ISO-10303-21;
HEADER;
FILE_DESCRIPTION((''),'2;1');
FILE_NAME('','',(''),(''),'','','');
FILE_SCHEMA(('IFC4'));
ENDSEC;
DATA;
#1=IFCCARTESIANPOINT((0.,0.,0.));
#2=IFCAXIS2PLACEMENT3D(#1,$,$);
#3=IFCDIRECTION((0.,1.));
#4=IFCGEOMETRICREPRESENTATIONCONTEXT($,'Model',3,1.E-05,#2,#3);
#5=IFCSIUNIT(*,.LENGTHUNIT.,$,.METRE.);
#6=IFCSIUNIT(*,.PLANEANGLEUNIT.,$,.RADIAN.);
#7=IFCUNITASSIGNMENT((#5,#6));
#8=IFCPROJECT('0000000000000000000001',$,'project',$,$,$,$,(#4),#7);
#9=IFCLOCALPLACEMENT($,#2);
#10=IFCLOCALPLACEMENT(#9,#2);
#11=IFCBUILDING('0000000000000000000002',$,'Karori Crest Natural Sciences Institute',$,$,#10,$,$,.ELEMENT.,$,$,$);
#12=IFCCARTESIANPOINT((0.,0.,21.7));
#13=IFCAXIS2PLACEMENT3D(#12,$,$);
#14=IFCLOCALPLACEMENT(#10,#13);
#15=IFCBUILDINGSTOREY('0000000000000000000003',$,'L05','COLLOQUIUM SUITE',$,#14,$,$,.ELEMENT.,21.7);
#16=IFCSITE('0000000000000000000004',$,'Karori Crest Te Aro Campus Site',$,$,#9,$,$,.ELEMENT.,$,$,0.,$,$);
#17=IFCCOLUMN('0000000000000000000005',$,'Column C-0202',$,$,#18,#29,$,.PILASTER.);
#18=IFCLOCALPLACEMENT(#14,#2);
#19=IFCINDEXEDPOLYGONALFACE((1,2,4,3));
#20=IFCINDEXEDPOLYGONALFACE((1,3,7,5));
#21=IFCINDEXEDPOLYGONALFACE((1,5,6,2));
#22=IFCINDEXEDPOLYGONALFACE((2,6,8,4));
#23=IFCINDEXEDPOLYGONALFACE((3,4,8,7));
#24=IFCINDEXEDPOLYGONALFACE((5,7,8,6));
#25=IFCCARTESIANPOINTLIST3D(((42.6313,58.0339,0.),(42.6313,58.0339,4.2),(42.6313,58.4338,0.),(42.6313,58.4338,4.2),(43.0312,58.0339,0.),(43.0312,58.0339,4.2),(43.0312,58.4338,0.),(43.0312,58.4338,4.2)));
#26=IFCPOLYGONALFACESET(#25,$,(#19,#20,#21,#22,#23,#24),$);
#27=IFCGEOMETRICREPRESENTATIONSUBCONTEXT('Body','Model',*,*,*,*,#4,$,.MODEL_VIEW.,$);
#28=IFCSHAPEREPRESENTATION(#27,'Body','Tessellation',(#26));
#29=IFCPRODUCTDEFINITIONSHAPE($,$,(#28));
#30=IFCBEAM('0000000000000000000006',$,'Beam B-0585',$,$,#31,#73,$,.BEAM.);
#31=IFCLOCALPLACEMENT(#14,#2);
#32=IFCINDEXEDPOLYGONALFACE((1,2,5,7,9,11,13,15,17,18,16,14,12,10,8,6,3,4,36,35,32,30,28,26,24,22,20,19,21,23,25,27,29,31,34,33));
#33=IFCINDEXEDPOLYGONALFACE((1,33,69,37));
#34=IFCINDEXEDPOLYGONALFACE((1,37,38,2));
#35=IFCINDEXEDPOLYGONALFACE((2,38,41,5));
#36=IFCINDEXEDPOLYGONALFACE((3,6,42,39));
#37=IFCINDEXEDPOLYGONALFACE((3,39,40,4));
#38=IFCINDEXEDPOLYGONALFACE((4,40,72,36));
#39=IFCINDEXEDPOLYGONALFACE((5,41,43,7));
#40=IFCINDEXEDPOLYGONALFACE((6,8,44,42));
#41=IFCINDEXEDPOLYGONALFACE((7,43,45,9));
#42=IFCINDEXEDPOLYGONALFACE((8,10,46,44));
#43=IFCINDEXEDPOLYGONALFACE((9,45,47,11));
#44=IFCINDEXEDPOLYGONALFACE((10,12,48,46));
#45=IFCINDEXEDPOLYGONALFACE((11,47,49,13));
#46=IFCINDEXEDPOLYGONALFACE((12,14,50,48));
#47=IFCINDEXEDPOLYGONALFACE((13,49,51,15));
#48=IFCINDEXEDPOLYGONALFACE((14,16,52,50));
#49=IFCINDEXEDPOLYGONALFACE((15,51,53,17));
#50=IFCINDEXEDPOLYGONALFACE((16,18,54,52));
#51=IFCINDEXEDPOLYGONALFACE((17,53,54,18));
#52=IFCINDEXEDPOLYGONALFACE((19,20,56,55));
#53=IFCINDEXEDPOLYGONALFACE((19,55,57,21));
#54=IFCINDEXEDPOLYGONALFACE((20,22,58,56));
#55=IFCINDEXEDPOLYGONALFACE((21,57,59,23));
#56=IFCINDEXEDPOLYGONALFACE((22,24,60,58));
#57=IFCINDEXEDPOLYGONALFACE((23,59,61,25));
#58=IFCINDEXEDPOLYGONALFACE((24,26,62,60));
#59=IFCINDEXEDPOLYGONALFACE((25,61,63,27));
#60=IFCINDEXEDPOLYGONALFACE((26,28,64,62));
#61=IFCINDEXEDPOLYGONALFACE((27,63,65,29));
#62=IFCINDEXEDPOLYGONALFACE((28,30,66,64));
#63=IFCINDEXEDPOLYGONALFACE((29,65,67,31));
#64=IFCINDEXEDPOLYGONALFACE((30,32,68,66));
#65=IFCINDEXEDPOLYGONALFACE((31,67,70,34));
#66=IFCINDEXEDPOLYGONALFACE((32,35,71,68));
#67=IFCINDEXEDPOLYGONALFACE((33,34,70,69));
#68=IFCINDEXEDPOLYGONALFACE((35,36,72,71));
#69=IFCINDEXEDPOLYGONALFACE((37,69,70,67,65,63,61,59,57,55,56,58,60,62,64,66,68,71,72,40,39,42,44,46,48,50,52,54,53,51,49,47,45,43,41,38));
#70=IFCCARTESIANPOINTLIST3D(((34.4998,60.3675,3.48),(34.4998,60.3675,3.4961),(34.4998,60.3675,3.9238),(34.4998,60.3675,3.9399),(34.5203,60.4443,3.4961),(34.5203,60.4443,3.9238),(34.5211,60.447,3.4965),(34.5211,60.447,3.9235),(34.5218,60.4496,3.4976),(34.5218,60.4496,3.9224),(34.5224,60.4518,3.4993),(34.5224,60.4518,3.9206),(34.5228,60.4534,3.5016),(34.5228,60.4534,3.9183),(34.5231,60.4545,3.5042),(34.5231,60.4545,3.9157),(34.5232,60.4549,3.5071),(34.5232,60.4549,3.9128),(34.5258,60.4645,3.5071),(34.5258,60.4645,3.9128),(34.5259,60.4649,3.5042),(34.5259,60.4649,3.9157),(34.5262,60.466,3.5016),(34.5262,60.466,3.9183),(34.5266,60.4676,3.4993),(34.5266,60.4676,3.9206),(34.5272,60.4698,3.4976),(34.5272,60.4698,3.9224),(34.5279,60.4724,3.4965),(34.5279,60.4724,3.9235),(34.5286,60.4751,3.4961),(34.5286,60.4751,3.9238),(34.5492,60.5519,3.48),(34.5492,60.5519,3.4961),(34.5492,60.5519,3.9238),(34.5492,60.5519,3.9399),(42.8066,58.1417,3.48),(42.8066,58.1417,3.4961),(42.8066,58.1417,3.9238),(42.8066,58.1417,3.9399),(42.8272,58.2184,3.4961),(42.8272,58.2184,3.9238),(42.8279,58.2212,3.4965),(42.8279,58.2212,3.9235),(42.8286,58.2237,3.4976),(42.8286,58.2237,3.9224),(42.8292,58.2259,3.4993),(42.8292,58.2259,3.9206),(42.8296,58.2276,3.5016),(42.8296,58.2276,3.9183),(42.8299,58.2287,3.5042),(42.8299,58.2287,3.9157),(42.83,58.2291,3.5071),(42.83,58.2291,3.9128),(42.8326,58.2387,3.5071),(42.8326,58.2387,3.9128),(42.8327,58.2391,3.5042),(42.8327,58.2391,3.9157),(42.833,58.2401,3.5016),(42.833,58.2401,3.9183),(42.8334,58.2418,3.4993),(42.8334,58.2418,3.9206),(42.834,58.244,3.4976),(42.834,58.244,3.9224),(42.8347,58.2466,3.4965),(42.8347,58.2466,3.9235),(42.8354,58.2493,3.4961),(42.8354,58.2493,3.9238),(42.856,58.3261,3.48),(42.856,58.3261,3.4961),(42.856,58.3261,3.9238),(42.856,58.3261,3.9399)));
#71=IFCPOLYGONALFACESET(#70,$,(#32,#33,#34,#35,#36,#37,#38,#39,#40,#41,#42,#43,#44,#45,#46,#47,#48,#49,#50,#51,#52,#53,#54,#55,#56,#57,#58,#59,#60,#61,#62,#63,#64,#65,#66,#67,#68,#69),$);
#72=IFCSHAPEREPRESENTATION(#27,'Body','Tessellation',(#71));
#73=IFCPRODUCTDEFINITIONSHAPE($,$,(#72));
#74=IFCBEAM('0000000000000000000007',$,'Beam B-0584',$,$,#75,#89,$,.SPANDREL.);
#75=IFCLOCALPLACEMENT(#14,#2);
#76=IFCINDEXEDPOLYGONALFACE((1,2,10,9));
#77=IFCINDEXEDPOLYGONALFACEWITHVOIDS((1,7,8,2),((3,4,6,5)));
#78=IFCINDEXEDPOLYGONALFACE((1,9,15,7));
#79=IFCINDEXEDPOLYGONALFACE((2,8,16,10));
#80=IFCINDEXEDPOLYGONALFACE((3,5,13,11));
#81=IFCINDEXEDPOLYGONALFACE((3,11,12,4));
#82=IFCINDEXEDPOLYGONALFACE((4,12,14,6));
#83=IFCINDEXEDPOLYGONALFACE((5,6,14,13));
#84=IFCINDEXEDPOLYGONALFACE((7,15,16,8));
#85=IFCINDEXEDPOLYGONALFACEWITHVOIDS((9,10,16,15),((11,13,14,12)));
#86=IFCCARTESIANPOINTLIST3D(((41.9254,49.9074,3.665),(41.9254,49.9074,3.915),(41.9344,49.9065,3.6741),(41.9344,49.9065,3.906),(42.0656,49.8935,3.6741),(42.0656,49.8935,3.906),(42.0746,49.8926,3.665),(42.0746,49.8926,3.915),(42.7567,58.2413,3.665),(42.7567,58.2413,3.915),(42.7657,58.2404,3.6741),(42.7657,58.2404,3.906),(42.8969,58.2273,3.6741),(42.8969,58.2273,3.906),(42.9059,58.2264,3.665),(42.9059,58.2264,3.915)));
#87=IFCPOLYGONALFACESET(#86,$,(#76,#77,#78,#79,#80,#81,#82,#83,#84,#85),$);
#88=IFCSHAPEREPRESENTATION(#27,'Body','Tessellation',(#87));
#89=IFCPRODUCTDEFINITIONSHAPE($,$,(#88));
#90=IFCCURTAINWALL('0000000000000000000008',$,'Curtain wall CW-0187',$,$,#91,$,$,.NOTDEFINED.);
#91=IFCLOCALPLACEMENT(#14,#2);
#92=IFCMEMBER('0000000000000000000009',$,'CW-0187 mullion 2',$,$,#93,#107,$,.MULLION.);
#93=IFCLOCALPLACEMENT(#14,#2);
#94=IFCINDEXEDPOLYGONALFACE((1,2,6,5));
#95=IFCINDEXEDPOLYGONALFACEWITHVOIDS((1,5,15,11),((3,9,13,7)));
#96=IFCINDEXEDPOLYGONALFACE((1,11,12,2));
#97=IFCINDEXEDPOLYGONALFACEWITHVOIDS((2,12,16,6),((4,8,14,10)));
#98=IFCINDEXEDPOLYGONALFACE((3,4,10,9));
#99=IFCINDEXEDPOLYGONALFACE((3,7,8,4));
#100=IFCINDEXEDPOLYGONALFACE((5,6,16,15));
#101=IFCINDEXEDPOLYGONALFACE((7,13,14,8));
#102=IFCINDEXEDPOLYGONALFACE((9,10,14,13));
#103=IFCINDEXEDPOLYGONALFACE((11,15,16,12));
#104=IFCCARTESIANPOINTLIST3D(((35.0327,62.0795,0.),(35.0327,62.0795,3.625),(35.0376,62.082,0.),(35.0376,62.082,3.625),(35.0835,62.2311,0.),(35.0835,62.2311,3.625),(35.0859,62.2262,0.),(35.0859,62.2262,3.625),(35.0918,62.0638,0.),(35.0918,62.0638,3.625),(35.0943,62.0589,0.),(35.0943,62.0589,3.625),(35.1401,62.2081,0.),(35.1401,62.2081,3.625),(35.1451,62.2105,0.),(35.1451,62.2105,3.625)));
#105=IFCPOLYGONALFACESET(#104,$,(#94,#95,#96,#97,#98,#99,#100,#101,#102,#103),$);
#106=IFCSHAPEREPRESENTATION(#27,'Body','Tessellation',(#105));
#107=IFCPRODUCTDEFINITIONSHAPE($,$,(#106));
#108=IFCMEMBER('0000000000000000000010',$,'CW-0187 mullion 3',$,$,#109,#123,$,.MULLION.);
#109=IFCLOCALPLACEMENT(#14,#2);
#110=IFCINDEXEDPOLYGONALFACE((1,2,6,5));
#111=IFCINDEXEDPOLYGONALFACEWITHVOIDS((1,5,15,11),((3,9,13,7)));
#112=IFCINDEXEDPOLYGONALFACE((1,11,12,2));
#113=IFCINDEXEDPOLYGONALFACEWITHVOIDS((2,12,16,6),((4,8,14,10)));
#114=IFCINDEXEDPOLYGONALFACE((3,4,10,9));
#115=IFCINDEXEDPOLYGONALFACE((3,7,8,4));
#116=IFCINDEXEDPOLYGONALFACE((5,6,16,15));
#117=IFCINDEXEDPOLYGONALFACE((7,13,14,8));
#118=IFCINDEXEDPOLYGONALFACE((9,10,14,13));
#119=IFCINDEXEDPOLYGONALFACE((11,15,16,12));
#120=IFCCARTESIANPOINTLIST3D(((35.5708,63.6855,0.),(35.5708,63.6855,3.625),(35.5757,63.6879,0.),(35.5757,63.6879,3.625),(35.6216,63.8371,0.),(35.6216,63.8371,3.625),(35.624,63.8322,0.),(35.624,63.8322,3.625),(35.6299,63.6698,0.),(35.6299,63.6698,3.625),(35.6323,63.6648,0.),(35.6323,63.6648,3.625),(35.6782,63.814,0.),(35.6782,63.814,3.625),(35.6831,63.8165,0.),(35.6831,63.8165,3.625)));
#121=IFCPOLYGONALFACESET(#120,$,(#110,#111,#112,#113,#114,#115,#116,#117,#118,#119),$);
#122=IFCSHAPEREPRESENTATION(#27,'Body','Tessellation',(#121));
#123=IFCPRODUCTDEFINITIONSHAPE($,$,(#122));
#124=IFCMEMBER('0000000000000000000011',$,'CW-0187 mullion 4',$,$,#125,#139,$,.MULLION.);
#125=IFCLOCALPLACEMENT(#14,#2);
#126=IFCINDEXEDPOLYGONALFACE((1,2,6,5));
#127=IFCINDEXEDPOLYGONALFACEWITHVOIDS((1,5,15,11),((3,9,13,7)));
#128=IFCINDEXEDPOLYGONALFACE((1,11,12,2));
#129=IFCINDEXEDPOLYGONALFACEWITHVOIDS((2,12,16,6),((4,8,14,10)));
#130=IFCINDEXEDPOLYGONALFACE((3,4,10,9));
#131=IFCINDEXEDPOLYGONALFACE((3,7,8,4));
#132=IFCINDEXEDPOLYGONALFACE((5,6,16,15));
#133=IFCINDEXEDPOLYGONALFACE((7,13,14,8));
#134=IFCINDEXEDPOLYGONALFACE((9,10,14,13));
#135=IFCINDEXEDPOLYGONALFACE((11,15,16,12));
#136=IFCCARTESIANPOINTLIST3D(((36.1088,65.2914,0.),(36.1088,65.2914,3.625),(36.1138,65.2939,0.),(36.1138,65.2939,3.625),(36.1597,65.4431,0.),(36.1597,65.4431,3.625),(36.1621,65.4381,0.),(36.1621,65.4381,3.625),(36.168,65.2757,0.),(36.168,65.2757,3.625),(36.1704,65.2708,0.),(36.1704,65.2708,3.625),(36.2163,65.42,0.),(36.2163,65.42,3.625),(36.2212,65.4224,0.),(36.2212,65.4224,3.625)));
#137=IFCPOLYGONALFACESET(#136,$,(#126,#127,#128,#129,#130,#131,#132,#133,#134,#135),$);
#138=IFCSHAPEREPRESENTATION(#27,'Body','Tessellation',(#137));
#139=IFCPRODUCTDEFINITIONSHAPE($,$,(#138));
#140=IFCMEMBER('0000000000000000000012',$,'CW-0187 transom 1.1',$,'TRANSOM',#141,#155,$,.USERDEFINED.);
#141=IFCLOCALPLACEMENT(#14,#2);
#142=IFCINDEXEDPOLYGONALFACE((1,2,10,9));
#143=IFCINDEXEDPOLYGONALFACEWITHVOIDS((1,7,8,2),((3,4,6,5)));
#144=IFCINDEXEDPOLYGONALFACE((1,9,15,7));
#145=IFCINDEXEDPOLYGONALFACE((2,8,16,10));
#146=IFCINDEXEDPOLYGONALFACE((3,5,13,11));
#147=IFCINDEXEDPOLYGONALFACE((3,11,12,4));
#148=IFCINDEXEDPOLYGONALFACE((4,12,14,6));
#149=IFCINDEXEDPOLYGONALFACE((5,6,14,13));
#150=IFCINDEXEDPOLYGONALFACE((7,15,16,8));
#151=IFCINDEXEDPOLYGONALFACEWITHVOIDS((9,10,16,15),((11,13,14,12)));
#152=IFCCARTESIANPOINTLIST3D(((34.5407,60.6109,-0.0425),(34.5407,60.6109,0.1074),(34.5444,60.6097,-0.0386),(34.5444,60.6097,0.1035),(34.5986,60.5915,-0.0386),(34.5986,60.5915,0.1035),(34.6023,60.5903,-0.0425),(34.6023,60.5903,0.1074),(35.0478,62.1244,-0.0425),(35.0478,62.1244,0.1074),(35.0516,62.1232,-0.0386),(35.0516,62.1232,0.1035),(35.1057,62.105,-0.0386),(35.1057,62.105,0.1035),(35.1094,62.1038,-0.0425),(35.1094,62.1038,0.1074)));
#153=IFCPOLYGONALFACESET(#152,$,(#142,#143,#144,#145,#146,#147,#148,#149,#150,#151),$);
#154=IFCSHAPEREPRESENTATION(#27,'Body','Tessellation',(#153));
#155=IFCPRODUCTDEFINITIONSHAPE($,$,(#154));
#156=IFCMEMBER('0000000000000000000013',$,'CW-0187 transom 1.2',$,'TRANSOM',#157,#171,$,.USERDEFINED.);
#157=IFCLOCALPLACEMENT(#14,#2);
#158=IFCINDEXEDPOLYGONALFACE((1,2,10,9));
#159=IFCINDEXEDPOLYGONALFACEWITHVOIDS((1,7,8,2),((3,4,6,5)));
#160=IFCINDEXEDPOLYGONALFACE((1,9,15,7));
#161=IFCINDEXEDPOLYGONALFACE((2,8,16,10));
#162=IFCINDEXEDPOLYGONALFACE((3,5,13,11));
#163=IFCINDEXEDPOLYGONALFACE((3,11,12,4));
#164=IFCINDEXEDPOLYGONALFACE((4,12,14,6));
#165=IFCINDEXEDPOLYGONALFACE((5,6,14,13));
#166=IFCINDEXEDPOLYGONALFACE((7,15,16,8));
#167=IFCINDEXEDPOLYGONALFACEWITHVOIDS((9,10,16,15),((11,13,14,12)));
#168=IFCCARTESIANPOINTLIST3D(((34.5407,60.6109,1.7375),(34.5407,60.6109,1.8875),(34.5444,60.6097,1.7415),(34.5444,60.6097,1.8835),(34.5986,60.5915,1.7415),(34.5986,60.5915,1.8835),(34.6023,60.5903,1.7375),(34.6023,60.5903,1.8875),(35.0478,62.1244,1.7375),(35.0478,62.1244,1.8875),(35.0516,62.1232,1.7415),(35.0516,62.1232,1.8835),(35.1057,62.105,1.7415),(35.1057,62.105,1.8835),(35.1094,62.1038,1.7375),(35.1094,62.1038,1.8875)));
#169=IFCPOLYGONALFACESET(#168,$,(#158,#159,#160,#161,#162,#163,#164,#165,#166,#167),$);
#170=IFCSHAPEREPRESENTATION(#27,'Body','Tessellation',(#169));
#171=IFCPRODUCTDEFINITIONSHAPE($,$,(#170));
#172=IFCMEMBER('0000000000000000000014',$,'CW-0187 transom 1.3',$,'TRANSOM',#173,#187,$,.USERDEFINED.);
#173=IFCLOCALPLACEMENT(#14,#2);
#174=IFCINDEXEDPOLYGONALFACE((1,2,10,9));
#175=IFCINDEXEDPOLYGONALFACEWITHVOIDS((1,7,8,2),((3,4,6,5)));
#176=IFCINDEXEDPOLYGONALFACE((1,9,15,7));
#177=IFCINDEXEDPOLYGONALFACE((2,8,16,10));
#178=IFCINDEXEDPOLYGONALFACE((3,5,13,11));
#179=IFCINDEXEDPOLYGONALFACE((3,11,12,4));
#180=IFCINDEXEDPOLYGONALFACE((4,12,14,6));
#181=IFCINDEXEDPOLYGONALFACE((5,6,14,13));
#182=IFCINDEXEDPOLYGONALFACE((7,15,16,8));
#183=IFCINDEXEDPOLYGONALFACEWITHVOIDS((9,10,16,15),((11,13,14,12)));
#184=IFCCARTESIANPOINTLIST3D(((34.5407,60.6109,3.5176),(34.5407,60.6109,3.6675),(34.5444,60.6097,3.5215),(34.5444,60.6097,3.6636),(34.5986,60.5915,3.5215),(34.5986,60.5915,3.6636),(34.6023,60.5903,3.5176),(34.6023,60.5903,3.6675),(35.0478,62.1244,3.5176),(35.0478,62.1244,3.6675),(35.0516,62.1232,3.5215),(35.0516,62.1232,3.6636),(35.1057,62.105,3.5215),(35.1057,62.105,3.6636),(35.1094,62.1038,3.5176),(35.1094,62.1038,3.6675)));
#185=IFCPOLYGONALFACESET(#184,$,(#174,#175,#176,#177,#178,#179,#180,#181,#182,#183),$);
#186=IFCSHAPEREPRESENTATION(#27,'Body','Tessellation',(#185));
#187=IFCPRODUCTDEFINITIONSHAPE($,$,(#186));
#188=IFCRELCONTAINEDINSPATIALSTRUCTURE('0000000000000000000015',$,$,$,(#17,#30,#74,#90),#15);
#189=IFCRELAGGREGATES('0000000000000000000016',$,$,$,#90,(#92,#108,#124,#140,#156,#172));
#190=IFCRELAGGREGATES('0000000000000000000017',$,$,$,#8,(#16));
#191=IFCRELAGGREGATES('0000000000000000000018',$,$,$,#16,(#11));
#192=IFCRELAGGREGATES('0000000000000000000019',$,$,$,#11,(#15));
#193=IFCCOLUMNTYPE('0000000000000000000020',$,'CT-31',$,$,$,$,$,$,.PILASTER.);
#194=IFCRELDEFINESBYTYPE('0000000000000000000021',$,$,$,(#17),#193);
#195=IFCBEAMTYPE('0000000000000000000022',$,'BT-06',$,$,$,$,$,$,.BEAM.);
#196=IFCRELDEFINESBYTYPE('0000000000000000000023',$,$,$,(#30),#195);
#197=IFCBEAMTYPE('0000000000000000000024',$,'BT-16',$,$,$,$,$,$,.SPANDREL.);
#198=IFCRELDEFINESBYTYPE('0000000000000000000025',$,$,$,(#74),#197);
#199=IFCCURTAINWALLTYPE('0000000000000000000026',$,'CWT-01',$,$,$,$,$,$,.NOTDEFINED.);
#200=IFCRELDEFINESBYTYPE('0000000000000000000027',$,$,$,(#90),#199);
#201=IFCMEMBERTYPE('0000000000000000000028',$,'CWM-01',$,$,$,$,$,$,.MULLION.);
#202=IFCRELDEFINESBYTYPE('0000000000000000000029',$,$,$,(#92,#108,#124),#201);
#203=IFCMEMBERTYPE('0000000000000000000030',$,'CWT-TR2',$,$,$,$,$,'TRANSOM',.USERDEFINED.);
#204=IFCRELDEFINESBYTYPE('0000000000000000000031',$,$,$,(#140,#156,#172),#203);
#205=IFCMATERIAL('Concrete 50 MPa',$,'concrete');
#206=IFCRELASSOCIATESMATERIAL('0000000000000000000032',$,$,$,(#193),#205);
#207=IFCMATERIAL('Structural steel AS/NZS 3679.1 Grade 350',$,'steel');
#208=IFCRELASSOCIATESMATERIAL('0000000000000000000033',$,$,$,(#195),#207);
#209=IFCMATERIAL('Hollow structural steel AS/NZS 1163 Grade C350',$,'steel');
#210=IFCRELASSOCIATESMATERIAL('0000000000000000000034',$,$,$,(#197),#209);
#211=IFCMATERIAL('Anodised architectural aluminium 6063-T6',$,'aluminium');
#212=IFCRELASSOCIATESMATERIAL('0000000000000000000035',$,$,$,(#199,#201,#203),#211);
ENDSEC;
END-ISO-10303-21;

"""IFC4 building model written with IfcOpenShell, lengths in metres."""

from ifc_helpers import new_model, si_unit, direction, frame, origin, origin_2d, place, context, subcontext, project, spatial, rectangle, hollow_rectangle, i_section, extrude, material, material_profile, profile_set, type_object, element, aggregate, save


model = new_model("IFC4")

# Units and contexts
model_context = context("Model", 3, precision=1e-05, world=origin(), true_north=direction((0.0, 1.0)))
body_context = subcontext(model_context, "Body", "Model", "MODEL_VIEW")
ifc_project = project(units=[si_unit("LENGTHUNIT", "METRE"), si_unit("PLANEANGLEUNIT", "RADIAN")], contexts=[model_context])

# Site, building, storey
site_placement = place(None, origin())
site = spatial("IfcSite", under=ifc_project, at=site_placement, Name="Karori Crest Te Aro Campus Site", CompositionType="ELEMENT", RefElevation=0.0)
building_placement = place(site_placement, origin())
building = spatial("IfcBuilding", under=site, at=building_placement, Name="Karori Crest Natural Sciences Institute", CompositionType="ELEMENT")
storey_placement = place(building_placement, frame((0.0, 0.0, 21.7)))
storey = spatial("IfcBuildingStorey", under=building, at=storey_placement, Name="L05", Description="COLLOQUIUM SUITE", CompositionType="ELEMENT", Elevation=21.7)

# Column
ifc_material_1 = material(Name="Concrete 50 MPa", Category="concrete")
ifc_material_profile_1 = material_profile(ifc_material_1, rectangle(XDim=0.3999, YDim=0.3999, at=origin_2d()), Name="RC400x400")
ifc_profile_set_1 = profile_set([ifc_material_profile_1], Name="Concrete 50 MPa")
column_type = type_object("IfcColumnType", Name="CT-31", PredefinedType="PILASTER", material=ifc_profile_set_1)
column_placement = place(storey_placement, frame((42.8313, 58.2339, 0.0), z_axis=(0.0, 0.0, 1.0), x_axis=(1.0, 0.0, 0.0)))
element("IfcColumn", 1, at=column_placement, inside=storey, type_object=column_type, Name="Column C-0202", PredefinedType="PILASTER", context=body_context, shape_type="SweptSolid", body=[
    extrude(rectangle(XDim=0.3999, YDim=0.3999, at=origin_2d()), origin(), (0.0, 0.0, 1.0), 4.2),
])

# Beams
ifc_material_2 = material(Name="Structural steel AS/NZS 3679.1 Grade 350", Category="steel")
ifc_material_profile_2 = material_profile(ifc_material_2, i_section(OverallWidth=0.1909, OverallDepth=0.46, WebThickness=0.01, FlangeThickness=0.0161, FilletRadius=0.011, at=origin_2d()), Name="460UB82.1")
ifc_profile_set_2 = profile_set([ifc_material_profile_2], Name="Structural steel AS/NZS 3679.1 Grade 350")
beam_type_1 = type_object("IfcBeamType", Name="BT-06", PredefinedType="BEAM", material=ifc_profile_set_2)
beam_1_placement = place(storey_placement, frame((42.8313, 58.2339, 3.71), z_axis=(-0.965926, 0.25882, 0.0), x_axis=(-0.25882, -0.965926, 0.0)))
element("IfcBeam", 2, at=beam_1_placement, inside=storey, type_object=beam_type_1, Name="Beam B-0585", PredefinedType="BEAM", context=body_context, shape_type="SweptSolid", body=[
    extrude(i_section(OverallWidth=0.1909, OverallDepth=0.46, WebThickness=0.01, FlangeThickness=0.0161, FilletRadius=0.011, at=origin_2d()), origin(), (0.0, 0.0, 1.0), 8.5999),
])
ifc_material_3 = material(Name="Hollow structural steel AS/NZS 1163 Grade C350", Category="steel")
ifc_material_profile_3 = material_profile(ifc_material_3, hollow_rectangle(XDim=0.1499, YDim=0.25, WallThickness=0.009, at=origin_2d()), Name="RHS250x150x9")
ifc_profile_set_3 = profile_set([ifc_material_profile_3], Name="Hollow structural steel AS/NZS 1163 Grade C350")
beam_type_2 = type_object("IfcBeamType", Name="BT-16", PredefinedType="SPANDREL", material=ifc_profile_set_3)
beam_2_placement = place(storey_placement, frame((42.8313, 58.2339, 3.79), z_axis=(-0.099256, -0.995062, 0.0), x_axis=(0.995062, -0.099256, 0.0)))
element("IfcBeam", 3, at=beam_2_placement, inside=storey, type_object=beam_type_2, Name="Beam B-0584", PredefinedType="SPANDREL", context=body_context, shape_type="SweptSolid", body=[
    extrude(hollow_rectangle(XDim=0.1499, YDim=0.25, WallThickness=0.009, at=origin_2d()), origin(), (0.0, 0.0, 1.0), 8.3752),
])

# Curtain wall, members
ifc_material_4 = material(Name="Anodised architectural aluminium 6063-T6", Category="aluminium")
curtain_wall_type = type_object("IfcCurtainWallType", Name="CWT-01", PredefinedType="NOTDEFINED", material=ifc_material_4)
curtain_wall_placement = place(storey_placement, origin())
curtain_wall = element("IfcCurtainWall", 4, at=curtain_wall_placement, inside=storey, type_object=curtain_wall_type, Name="Curtain wall CW-0187", PredefinedType="NOTDEFINED")
ifc_material_profile_4 = material_profile(ifc_material_4, hollow_rectangle(XDim=0.0649, YDim=0.1599, WallThickness=0.0039, at=origin_2d()), Name="CWM160x65x4")
ifc_profile_set_4 = profile_set([ifc_material_profile_4], Name="Anodised architectural aluminium 6063-T6")
member_type_1 = type_object("IfcMemberType", Name="CWM-01", PredefinedType="MULLION", material=ifc_profile_set_4)
member_1_placement = place(storey_placement, frame((35.0889, 62.145, 0.0), z_axis=(0.0, 0.0, 1.0), x_axis=(-0.948198, 0.31768, 0.0)))
member_1 = element("IfcMember", 5, at=member_1_placement, type_object=member_type_1, Name="CW-0187 mullion 2", PredefinedType="MULLION", context=body_context, shape_type="SweptSolid", body=[
    extrude(hollow_rectangle(XDim=0.0649, YDim=0.1599, WallThickness=0.0039, at=origin_2d()), origin(), (0.0, 0.0, 1.0), 3.625),
])
member_2_placement = place(storey_placement, frame((35.627, 63.751, 0.0), z_axis=(0.0, 0.0, 1.0), x_axis=(-0.948198, 0.31768, 0.0)))
member_2 = element("IfcMember", 6, at=member_2_placement, type_object=member_type_1, Name="CW-0187 mullion 3", PredefinedType="MULLION", context=body_context, shape_type="SweptSolid", body=[
    extrude(hollow_rectangle(XDim=0.0649, YDim=0.1599, WallThickness=0.0039, at=origin_2d()), origin(), (0.0, 0.0, 1.0), 3.625),
])
member_3_placement = place(storey_placement, frame((36.165, 65.3569, 0.0), z_axis=(0.0, 0.0, 1.0), x_axis=(-0.948198, 0.31768, 0.0)))
member_3 = element("IfcMember", 7, at=member_3_placement, type_object=member_type_1, Name="CW-0187 mullion 4", PredefinedType="MULLION", context=body_context, shape_type="SweptSolid", body=[
    extrude(hollow_rectangle(XDim=0.0649, YDim=0.1599, WallThickness=0.0039, at=origin_2d()), origin(), (0.0, 0.0, 1.0), 3.625),
])
ifc_material_profile_5 = material_profile(ifc_material_4, hollow_rectangle(XDim=0.0649, YDim=0.1499, WallThickness=0.0039, at=origin_2d()), Name="CWT150x65x4")
ifc_profile_set_5 = profile_set([ifc_material_profile_5], Name="Anodised architectural aluminium 6063-T6")
member_type_2 = type_object("IfcMemberType", Name="CWT-TR2", ElementType="TRANSOM", PredefinedType="USERDEFINED", material=ifc_profile_set_5)
member_4_placement = place(storey_placement, frame((34.5715, 60.6006, 0.0325), z_axis=(0.317696, 0.948193, 0.0), x_axis=(-0.948193, 0.317696, 0.0)))
member_4 = element("IfcMember", 8, at=member_4_placement, type_object=member_type_2, Name="CW-0187 transom 1.1", ObjectType="TRANSOM", PredefinedType="USERDEFINED", context=body_context, shape_type="SweptSolid", body=[
    extrude(hollow_rectangle(XDim=0.0649, YDim=0.1499, WallThickness=0.0039, at=origin_2d()), origin(), (0.0, 0.0, 1.0), 1.5962),
])
member_5_placement = place(storey_placement, frame((34.5715, 60.6006, 1.8125), z_axis=(0.317696, 0.948193, 0.0), x_axis=(-0.948193, 0.317696, 0.0)))
member_5 = element("IfcMember", 9, at=member_5_placement, type_object=member_type_2, Name="CW-0187 transom 1.2", ObjectType="TRANSOM", PredefinedType="USERDEFINED", context=body_context, shape_type="SweptSolid", body=[
    extrude(hollow_rectangle(XDim=0.0649, YDim=0.1499, WallThickness=0.0039, at=origin_2d()), origin(), (0.0, 0.0, 1.0), 1.5962),
])
member_6_placement = place(storey_placement, frame((34.5715, 60.6006, 3.5925), z_axis=(0.317696, 0.948193, 0.0), x_axis=(-0.948193, 0.317696, 0.0)))
member_6 = element("IfcMember", 10, at=member_6_placement, type_object=member_type_2, Name="CW-0187 transom 1.3", ObjectType="TRANSOM", PredefinedType="USERDEFINED", context=body_context, shape_type="SweptSolid", body=[
    extrude(hollow_rectangle(XDim=0.0649, YDim=0.1499, WallThickness=0.0039, at=origin_2d()), origin(), (0.0, 0.0, 1.0), 1.5962),
])
aggregate(curtain_wall, [member_1, member_2, member_3, member_4, member_5, member_6])

save(model, "model.ifc")
